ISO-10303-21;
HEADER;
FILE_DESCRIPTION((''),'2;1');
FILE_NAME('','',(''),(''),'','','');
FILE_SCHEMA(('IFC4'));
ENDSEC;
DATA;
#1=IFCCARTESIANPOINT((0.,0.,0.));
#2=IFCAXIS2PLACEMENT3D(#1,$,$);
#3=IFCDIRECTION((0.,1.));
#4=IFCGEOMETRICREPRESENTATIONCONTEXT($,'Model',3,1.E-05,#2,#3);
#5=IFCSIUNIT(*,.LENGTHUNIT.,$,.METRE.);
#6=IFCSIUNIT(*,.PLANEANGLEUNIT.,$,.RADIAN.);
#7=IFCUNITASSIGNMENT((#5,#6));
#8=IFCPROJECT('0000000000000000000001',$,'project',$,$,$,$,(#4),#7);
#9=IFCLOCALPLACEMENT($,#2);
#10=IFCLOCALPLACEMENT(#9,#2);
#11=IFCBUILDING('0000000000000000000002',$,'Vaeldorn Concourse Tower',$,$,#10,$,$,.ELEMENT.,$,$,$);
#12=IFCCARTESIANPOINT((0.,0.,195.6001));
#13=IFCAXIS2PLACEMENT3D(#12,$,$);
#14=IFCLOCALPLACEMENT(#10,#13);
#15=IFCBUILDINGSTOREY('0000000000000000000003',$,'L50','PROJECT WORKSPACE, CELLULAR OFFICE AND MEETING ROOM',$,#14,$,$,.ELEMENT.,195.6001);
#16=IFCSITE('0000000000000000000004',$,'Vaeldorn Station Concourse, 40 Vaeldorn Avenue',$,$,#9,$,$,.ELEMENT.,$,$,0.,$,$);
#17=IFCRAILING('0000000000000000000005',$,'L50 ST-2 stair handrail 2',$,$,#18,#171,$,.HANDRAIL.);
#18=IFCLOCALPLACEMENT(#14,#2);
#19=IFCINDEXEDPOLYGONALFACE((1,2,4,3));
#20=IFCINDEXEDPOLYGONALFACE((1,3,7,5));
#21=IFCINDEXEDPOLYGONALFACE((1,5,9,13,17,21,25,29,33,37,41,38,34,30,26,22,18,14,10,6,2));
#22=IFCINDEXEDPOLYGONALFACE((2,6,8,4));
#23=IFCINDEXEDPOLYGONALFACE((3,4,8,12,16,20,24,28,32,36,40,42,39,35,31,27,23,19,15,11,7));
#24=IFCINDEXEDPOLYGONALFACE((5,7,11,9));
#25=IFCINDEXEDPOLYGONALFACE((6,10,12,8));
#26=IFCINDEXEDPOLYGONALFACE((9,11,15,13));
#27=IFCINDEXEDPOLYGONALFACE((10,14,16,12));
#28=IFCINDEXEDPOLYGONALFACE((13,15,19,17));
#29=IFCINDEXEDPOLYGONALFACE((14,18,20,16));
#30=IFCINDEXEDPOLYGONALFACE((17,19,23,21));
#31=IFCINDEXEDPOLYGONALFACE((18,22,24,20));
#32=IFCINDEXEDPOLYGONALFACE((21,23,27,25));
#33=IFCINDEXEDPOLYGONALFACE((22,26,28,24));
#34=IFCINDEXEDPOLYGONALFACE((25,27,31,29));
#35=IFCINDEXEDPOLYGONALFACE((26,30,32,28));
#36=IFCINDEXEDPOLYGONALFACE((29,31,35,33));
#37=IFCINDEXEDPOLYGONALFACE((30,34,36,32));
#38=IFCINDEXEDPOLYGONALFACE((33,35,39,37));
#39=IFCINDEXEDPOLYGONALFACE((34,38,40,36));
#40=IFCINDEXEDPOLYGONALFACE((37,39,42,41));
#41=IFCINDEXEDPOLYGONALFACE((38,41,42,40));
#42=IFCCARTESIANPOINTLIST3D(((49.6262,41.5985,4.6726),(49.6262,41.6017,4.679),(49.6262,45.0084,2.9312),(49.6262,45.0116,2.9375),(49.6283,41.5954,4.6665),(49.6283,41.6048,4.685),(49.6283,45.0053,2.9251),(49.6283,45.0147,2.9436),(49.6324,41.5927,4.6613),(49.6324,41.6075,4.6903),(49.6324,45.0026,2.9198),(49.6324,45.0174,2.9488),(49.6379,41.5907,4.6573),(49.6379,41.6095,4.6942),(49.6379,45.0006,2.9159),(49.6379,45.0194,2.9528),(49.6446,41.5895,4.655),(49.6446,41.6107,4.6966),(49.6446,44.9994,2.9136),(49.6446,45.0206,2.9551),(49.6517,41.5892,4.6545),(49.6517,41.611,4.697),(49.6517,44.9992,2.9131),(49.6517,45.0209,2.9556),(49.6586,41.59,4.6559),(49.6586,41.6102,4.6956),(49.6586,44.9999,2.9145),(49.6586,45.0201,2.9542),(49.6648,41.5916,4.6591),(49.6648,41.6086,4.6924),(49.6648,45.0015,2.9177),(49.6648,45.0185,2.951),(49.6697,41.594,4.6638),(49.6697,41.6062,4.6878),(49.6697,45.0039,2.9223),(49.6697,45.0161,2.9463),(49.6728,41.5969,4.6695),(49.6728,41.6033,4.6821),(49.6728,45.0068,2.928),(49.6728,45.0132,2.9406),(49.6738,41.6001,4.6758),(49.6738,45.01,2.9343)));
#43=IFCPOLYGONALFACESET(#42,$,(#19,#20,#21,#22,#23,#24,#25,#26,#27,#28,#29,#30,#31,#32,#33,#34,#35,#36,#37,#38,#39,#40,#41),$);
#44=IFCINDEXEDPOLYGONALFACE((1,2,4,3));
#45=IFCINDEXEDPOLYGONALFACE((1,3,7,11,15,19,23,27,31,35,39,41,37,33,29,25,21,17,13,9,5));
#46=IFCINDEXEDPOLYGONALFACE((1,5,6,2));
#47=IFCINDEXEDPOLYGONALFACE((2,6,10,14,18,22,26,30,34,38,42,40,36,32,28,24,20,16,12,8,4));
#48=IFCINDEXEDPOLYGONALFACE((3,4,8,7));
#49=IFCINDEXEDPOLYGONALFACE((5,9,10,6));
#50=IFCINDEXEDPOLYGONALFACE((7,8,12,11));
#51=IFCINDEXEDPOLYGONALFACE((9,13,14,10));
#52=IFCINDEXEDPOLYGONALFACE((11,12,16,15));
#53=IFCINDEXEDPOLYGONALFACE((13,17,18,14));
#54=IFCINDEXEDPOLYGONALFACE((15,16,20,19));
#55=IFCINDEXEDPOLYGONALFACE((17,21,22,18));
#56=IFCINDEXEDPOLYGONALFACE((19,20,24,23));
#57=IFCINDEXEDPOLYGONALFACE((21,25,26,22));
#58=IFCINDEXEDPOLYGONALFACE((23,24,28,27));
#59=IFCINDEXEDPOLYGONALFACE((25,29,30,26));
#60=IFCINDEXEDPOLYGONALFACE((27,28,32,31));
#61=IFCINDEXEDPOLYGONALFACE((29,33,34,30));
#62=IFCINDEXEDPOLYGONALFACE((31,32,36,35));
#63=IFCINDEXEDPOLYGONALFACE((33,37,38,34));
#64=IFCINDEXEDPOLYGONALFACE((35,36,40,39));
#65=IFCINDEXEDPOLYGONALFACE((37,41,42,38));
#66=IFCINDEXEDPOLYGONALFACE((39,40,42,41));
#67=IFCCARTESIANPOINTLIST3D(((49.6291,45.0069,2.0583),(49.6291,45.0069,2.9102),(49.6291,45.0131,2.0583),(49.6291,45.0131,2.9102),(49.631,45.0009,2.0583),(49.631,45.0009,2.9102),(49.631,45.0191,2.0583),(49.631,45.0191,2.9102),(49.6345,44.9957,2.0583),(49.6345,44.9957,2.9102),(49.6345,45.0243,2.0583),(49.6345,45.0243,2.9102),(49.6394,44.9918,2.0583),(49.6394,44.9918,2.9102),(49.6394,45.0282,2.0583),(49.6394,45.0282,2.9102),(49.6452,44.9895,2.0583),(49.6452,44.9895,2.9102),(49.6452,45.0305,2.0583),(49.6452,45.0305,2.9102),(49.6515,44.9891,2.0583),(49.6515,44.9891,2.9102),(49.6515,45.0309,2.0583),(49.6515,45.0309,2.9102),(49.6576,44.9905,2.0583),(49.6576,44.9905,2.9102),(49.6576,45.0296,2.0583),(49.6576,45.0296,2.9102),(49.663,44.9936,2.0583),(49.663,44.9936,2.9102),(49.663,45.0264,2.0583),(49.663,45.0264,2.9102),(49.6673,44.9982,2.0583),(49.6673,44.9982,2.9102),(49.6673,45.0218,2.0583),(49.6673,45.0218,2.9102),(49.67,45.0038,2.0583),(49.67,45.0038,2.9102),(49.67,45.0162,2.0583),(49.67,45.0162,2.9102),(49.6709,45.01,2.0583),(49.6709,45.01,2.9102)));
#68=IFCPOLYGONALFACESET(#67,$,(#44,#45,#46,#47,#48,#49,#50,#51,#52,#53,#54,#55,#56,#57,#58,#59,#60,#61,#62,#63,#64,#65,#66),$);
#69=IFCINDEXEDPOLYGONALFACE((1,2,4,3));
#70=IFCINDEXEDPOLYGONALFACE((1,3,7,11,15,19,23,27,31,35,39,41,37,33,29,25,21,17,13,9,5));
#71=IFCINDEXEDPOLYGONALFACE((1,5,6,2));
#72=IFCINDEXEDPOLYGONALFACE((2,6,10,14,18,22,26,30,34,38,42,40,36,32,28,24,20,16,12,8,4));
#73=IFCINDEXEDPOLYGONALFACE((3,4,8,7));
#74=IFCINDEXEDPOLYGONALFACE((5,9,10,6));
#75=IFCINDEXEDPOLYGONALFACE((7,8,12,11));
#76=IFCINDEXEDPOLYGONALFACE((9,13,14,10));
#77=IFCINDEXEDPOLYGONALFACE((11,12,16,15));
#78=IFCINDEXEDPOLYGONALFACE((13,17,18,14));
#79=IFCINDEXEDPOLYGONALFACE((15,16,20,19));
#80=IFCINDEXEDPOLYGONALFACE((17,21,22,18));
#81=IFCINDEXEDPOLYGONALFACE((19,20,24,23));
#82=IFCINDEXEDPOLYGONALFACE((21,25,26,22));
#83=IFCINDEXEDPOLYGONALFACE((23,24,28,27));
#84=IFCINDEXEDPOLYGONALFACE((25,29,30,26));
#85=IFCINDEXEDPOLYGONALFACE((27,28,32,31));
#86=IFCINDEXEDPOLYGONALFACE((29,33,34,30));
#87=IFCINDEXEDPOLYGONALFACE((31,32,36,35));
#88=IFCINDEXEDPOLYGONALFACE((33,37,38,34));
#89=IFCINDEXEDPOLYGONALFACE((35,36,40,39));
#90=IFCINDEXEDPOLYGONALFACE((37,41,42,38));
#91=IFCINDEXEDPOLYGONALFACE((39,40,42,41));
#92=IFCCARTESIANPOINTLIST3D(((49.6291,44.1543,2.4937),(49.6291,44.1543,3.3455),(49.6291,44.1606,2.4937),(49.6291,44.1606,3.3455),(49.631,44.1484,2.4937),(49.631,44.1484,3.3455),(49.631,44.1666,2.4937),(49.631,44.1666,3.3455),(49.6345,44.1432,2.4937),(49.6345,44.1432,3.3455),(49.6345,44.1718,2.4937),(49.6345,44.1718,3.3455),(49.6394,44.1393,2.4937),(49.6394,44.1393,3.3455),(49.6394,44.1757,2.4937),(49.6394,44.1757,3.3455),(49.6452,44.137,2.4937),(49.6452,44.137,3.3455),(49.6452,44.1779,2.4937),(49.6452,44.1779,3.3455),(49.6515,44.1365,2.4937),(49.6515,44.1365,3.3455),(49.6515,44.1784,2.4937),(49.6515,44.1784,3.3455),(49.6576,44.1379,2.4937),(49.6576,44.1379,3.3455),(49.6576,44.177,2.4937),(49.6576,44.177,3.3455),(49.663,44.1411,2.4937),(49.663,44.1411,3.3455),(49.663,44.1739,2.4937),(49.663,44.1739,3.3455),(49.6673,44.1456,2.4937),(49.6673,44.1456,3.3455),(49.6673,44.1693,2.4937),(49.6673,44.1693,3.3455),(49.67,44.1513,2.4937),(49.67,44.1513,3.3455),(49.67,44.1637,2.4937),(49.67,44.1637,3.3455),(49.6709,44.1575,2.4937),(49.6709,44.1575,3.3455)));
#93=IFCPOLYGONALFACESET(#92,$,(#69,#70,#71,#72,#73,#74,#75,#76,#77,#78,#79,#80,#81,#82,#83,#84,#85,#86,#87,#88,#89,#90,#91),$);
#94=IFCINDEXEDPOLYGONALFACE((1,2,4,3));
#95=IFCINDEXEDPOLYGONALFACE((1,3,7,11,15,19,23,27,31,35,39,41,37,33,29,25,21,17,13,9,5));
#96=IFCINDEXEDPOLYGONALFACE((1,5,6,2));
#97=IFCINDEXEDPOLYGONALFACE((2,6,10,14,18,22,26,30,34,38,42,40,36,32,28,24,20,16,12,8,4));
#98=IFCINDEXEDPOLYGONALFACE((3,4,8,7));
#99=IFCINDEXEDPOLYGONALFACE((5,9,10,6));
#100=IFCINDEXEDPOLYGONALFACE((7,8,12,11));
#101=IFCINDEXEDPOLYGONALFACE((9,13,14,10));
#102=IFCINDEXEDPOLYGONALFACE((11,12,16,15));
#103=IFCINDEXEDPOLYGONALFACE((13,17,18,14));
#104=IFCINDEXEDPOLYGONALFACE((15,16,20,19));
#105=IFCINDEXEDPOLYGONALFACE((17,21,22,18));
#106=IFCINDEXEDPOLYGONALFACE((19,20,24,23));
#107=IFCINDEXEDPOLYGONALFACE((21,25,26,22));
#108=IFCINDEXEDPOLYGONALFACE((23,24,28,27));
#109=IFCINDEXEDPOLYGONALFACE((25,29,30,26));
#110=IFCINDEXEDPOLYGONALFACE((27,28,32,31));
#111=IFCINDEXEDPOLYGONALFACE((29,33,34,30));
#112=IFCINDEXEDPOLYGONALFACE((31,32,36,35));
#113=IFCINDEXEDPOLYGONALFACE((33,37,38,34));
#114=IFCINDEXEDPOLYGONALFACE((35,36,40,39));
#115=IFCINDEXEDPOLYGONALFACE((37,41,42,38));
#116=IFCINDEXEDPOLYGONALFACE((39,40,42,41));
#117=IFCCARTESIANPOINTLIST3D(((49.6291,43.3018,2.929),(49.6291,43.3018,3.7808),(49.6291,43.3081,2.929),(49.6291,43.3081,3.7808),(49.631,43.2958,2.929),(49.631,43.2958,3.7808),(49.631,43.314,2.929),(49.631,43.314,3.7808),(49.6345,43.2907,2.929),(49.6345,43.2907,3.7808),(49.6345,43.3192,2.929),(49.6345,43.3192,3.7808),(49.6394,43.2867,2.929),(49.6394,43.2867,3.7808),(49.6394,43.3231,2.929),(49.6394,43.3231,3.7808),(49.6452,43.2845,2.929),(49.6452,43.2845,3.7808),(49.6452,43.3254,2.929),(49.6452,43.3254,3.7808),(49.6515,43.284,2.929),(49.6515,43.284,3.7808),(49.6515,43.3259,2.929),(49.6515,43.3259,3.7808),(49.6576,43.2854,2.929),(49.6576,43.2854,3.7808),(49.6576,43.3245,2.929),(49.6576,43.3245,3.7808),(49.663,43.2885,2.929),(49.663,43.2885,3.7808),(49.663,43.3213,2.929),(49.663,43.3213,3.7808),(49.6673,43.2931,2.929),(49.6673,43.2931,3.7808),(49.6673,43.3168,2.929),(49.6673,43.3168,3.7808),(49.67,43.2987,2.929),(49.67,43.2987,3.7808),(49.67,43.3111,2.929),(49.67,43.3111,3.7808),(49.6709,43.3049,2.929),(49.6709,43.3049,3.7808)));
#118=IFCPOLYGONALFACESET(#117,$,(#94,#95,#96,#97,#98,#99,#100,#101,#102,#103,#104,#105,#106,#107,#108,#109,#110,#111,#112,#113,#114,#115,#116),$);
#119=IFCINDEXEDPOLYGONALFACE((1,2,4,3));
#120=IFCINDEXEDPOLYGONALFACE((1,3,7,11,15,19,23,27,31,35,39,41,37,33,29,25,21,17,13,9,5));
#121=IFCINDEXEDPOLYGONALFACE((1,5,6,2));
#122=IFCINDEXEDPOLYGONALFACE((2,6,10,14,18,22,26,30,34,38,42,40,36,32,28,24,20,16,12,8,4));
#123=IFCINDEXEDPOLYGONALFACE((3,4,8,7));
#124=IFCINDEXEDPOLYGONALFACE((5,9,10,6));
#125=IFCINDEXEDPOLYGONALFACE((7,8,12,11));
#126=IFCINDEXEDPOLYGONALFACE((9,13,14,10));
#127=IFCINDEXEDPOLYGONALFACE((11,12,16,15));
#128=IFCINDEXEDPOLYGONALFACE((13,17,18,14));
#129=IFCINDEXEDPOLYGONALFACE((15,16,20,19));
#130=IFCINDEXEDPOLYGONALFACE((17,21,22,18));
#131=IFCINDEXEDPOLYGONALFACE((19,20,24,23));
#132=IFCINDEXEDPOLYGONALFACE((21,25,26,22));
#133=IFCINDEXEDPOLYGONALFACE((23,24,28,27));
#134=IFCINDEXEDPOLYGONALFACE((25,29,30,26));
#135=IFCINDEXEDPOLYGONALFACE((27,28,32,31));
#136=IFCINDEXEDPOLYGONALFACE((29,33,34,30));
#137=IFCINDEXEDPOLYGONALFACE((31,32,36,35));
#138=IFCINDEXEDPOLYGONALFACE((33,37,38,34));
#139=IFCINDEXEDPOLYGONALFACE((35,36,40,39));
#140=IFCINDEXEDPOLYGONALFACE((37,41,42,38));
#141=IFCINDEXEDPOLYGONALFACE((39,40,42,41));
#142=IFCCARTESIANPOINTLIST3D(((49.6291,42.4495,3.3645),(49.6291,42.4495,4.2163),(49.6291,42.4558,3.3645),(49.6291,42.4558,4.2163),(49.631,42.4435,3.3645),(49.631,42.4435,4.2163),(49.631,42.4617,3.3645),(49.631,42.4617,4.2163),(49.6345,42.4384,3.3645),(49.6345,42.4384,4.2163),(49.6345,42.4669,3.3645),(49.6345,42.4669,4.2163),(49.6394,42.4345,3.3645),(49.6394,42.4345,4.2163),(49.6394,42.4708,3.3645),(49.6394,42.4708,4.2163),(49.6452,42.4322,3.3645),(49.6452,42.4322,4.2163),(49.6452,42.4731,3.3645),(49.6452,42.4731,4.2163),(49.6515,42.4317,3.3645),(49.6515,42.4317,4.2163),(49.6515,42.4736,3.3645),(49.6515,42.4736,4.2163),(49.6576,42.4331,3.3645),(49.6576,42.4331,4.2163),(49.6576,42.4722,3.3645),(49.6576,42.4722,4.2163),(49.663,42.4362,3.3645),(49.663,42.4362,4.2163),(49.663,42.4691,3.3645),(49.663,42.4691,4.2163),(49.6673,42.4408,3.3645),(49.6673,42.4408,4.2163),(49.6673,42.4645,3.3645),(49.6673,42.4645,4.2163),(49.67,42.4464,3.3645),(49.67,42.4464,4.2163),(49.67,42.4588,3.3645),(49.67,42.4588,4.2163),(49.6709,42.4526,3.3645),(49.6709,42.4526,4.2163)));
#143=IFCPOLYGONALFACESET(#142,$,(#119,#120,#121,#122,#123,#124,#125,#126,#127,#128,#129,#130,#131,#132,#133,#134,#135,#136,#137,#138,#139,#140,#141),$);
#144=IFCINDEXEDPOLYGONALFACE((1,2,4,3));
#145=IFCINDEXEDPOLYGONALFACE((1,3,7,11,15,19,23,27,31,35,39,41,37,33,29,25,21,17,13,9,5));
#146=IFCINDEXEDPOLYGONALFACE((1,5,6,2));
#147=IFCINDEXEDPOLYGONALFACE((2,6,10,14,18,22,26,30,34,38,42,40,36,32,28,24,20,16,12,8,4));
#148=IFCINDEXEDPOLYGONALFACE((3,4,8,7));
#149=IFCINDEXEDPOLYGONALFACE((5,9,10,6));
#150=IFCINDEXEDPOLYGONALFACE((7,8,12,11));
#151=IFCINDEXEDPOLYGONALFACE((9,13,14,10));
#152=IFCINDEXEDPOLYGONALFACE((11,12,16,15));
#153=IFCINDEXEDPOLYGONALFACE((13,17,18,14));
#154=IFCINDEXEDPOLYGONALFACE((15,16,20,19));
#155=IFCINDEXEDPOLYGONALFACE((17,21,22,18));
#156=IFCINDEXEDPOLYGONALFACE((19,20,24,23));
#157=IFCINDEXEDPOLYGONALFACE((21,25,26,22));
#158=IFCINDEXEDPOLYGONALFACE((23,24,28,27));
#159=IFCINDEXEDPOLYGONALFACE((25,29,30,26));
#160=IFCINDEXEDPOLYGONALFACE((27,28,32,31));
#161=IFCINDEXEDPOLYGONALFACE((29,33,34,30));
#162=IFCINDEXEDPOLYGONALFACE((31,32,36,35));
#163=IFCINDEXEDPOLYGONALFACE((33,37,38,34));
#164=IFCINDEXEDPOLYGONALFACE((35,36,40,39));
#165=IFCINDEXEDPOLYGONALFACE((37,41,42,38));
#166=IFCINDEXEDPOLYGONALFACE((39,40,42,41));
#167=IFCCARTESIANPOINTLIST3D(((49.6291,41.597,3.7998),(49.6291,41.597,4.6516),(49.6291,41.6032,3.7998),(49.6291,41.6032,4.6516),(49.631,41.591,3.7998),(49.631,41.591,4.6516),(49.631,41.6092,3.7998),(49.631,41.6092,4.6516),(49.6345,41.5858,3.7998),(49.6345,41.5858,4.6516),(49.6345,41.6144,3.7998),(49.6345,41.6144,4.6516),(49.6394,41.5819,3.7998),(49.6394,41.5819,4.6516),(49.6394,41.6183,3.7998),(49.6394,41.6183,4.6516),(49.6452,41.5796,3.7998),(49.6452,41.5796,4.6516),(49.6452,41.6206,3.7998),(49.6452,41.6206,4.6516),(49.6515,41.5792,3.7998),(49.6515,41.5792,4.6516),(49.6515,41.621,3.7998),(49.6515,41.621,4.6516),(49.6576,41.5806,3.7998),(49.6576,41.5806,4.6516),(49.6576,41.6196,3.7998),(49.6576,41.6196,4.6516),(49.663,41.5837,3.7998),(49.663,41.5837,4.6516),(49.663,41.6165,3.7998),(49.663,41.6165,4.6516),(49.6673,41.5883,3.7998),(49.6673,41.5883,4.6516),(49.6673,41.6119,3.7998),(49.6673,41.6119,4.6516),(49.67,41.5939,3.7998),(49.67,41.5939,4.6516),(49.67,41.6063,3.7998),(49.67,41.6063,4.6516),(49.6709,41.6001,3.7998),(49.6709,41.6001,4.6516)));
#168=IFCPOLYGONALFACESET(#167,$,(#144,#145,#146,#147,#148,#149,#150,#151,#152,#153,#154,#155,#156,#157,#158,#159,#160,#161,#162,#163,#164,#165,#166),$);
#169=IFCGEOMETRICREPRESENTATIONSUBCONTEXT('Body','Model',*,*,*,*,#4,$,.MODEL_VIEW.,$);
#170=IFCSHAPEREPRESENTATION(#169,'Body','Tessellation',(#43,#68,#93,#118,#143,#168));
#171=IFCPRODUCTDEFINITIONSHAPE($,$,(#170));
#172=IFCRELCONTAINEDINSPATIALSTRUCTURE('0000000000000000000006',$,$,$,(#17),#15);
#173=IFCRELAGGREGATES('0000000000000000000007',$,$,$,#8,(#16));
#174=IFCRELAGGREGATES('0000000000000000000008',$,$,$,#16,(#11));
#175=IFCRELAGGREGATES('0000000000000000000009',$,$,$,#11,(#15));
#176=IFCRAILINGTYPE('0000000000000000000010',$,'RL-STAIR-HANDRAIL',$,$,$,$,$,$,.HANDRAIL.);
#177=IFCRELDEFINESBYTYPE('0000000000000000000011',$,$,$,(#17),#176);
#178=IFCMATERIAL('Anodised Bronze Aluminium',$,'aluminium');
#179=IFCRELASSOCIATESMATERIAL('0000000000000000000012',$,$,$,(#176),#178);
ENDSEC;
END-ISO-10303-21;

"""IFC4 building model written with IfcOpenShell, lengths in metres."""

from ifc_helpers import new_model, si_unit, direction, frame, origin, origin_2d, place, context, subcontext, project, spatial, circle, extrude, material, type_object, element, save


model = new_model("IFC4")

# Units and contexts
model_context = context("Model", 3, precision=1e-05, world=origin(), true_north=direction((0.0, 1.0)))
body_context = subcontext(model_context, "Body", "Model", "MODEL_VIEW")
ifc_project = project(units=[si_unit("LENGTHUNIT", "METRE"), si_unit("PLANEANGLEUNIT", "RADIAN")], contexts=[model_context])

# Site, building, storey
site_placement = place(None, origin())
site = spatial("IfcSite", under=ifc_project, at=site_placement, Name="Vaeldorn Station Concourse, 40 Vaeldorn Avenue", CompositionType="ELEMENT", RefElevation=0.0)
building_placement = place(site_placement, origin())
building = spatial("IfcBuilding", under=site, at=building_placement, Name="Vaeldorn Concourse Tower", CompositionType="ELEMENT")
storey_placement = place(building_placement, frame((0.0, 0.0, 195.6001)))
storey = spatial("IfcBuildingStorey", under=building, at=storey_placement, Name="L50", Description="PROJECT WORKSPACE, CELLULAR OFFICE AND MEETING ROOM", CompositionType="ELEMENT", Elevation=195.6001)

# Shared definitions
ifc_material_1 = material(Name="Anodised Bronze Aluminium", Category="aluminium")

# Railing
railing_type_1 = type_object("IfcRailingType", Name="RL-STAIR-HANDRAIL", PredefinedType="HANDRAIL", material=ifc_material_1)
railing_1_placement = place(storey_placement, frame((49.6499, 45.01, 2.0583)))
element("IfcRailing", 1, at=railing_1_placement, inside=storey, type_object=railing_type_1, Name="L50 ST-2 stair handrail 2", PredefinedType="HANDRAIL", context=body_context, shape_type="SweptSolid", body=[
    extrude(circle(Radius=0.0239, at=origin_2d()), frame((0.0, 0.0, 0.876), z_axis=(0.0, -0.890582, 0.454823), x_axis=(1.0, 0.0, 0.0)), (0.0, 0.0, 1.0), 3.8289),
    extrude(circle(Radius=0.021, at=origin_2d()), origin(), (0.0, 0.0, 1.0), 0.8518),
    extrude(circle(Radius=0.021, at=origin_2d()), frame((0.0, -0.8525, 0.4353)), (0.0, 0.0, 1.0), 0.8518),
    extrude(circle(Radius=0.021, at=origin_2d()), frame((0.0, -1.7051, 0.8706)), (0.0, 0.0, 1.0), 0.8518),
    extrude(circle(Radius=0.021, at=origin_2d()), frame((0.0, -2.5574, 1.3062)), (0.0, 0.0, 1.0), 0.8518),
    extrude(circle(Radius=0.021, at=origin_2d()), frame((0.0, -3.4099, 1.7415)), (0.0, 0.0, 1.0), 0.8518),
])

save(model, "model.ifc")
